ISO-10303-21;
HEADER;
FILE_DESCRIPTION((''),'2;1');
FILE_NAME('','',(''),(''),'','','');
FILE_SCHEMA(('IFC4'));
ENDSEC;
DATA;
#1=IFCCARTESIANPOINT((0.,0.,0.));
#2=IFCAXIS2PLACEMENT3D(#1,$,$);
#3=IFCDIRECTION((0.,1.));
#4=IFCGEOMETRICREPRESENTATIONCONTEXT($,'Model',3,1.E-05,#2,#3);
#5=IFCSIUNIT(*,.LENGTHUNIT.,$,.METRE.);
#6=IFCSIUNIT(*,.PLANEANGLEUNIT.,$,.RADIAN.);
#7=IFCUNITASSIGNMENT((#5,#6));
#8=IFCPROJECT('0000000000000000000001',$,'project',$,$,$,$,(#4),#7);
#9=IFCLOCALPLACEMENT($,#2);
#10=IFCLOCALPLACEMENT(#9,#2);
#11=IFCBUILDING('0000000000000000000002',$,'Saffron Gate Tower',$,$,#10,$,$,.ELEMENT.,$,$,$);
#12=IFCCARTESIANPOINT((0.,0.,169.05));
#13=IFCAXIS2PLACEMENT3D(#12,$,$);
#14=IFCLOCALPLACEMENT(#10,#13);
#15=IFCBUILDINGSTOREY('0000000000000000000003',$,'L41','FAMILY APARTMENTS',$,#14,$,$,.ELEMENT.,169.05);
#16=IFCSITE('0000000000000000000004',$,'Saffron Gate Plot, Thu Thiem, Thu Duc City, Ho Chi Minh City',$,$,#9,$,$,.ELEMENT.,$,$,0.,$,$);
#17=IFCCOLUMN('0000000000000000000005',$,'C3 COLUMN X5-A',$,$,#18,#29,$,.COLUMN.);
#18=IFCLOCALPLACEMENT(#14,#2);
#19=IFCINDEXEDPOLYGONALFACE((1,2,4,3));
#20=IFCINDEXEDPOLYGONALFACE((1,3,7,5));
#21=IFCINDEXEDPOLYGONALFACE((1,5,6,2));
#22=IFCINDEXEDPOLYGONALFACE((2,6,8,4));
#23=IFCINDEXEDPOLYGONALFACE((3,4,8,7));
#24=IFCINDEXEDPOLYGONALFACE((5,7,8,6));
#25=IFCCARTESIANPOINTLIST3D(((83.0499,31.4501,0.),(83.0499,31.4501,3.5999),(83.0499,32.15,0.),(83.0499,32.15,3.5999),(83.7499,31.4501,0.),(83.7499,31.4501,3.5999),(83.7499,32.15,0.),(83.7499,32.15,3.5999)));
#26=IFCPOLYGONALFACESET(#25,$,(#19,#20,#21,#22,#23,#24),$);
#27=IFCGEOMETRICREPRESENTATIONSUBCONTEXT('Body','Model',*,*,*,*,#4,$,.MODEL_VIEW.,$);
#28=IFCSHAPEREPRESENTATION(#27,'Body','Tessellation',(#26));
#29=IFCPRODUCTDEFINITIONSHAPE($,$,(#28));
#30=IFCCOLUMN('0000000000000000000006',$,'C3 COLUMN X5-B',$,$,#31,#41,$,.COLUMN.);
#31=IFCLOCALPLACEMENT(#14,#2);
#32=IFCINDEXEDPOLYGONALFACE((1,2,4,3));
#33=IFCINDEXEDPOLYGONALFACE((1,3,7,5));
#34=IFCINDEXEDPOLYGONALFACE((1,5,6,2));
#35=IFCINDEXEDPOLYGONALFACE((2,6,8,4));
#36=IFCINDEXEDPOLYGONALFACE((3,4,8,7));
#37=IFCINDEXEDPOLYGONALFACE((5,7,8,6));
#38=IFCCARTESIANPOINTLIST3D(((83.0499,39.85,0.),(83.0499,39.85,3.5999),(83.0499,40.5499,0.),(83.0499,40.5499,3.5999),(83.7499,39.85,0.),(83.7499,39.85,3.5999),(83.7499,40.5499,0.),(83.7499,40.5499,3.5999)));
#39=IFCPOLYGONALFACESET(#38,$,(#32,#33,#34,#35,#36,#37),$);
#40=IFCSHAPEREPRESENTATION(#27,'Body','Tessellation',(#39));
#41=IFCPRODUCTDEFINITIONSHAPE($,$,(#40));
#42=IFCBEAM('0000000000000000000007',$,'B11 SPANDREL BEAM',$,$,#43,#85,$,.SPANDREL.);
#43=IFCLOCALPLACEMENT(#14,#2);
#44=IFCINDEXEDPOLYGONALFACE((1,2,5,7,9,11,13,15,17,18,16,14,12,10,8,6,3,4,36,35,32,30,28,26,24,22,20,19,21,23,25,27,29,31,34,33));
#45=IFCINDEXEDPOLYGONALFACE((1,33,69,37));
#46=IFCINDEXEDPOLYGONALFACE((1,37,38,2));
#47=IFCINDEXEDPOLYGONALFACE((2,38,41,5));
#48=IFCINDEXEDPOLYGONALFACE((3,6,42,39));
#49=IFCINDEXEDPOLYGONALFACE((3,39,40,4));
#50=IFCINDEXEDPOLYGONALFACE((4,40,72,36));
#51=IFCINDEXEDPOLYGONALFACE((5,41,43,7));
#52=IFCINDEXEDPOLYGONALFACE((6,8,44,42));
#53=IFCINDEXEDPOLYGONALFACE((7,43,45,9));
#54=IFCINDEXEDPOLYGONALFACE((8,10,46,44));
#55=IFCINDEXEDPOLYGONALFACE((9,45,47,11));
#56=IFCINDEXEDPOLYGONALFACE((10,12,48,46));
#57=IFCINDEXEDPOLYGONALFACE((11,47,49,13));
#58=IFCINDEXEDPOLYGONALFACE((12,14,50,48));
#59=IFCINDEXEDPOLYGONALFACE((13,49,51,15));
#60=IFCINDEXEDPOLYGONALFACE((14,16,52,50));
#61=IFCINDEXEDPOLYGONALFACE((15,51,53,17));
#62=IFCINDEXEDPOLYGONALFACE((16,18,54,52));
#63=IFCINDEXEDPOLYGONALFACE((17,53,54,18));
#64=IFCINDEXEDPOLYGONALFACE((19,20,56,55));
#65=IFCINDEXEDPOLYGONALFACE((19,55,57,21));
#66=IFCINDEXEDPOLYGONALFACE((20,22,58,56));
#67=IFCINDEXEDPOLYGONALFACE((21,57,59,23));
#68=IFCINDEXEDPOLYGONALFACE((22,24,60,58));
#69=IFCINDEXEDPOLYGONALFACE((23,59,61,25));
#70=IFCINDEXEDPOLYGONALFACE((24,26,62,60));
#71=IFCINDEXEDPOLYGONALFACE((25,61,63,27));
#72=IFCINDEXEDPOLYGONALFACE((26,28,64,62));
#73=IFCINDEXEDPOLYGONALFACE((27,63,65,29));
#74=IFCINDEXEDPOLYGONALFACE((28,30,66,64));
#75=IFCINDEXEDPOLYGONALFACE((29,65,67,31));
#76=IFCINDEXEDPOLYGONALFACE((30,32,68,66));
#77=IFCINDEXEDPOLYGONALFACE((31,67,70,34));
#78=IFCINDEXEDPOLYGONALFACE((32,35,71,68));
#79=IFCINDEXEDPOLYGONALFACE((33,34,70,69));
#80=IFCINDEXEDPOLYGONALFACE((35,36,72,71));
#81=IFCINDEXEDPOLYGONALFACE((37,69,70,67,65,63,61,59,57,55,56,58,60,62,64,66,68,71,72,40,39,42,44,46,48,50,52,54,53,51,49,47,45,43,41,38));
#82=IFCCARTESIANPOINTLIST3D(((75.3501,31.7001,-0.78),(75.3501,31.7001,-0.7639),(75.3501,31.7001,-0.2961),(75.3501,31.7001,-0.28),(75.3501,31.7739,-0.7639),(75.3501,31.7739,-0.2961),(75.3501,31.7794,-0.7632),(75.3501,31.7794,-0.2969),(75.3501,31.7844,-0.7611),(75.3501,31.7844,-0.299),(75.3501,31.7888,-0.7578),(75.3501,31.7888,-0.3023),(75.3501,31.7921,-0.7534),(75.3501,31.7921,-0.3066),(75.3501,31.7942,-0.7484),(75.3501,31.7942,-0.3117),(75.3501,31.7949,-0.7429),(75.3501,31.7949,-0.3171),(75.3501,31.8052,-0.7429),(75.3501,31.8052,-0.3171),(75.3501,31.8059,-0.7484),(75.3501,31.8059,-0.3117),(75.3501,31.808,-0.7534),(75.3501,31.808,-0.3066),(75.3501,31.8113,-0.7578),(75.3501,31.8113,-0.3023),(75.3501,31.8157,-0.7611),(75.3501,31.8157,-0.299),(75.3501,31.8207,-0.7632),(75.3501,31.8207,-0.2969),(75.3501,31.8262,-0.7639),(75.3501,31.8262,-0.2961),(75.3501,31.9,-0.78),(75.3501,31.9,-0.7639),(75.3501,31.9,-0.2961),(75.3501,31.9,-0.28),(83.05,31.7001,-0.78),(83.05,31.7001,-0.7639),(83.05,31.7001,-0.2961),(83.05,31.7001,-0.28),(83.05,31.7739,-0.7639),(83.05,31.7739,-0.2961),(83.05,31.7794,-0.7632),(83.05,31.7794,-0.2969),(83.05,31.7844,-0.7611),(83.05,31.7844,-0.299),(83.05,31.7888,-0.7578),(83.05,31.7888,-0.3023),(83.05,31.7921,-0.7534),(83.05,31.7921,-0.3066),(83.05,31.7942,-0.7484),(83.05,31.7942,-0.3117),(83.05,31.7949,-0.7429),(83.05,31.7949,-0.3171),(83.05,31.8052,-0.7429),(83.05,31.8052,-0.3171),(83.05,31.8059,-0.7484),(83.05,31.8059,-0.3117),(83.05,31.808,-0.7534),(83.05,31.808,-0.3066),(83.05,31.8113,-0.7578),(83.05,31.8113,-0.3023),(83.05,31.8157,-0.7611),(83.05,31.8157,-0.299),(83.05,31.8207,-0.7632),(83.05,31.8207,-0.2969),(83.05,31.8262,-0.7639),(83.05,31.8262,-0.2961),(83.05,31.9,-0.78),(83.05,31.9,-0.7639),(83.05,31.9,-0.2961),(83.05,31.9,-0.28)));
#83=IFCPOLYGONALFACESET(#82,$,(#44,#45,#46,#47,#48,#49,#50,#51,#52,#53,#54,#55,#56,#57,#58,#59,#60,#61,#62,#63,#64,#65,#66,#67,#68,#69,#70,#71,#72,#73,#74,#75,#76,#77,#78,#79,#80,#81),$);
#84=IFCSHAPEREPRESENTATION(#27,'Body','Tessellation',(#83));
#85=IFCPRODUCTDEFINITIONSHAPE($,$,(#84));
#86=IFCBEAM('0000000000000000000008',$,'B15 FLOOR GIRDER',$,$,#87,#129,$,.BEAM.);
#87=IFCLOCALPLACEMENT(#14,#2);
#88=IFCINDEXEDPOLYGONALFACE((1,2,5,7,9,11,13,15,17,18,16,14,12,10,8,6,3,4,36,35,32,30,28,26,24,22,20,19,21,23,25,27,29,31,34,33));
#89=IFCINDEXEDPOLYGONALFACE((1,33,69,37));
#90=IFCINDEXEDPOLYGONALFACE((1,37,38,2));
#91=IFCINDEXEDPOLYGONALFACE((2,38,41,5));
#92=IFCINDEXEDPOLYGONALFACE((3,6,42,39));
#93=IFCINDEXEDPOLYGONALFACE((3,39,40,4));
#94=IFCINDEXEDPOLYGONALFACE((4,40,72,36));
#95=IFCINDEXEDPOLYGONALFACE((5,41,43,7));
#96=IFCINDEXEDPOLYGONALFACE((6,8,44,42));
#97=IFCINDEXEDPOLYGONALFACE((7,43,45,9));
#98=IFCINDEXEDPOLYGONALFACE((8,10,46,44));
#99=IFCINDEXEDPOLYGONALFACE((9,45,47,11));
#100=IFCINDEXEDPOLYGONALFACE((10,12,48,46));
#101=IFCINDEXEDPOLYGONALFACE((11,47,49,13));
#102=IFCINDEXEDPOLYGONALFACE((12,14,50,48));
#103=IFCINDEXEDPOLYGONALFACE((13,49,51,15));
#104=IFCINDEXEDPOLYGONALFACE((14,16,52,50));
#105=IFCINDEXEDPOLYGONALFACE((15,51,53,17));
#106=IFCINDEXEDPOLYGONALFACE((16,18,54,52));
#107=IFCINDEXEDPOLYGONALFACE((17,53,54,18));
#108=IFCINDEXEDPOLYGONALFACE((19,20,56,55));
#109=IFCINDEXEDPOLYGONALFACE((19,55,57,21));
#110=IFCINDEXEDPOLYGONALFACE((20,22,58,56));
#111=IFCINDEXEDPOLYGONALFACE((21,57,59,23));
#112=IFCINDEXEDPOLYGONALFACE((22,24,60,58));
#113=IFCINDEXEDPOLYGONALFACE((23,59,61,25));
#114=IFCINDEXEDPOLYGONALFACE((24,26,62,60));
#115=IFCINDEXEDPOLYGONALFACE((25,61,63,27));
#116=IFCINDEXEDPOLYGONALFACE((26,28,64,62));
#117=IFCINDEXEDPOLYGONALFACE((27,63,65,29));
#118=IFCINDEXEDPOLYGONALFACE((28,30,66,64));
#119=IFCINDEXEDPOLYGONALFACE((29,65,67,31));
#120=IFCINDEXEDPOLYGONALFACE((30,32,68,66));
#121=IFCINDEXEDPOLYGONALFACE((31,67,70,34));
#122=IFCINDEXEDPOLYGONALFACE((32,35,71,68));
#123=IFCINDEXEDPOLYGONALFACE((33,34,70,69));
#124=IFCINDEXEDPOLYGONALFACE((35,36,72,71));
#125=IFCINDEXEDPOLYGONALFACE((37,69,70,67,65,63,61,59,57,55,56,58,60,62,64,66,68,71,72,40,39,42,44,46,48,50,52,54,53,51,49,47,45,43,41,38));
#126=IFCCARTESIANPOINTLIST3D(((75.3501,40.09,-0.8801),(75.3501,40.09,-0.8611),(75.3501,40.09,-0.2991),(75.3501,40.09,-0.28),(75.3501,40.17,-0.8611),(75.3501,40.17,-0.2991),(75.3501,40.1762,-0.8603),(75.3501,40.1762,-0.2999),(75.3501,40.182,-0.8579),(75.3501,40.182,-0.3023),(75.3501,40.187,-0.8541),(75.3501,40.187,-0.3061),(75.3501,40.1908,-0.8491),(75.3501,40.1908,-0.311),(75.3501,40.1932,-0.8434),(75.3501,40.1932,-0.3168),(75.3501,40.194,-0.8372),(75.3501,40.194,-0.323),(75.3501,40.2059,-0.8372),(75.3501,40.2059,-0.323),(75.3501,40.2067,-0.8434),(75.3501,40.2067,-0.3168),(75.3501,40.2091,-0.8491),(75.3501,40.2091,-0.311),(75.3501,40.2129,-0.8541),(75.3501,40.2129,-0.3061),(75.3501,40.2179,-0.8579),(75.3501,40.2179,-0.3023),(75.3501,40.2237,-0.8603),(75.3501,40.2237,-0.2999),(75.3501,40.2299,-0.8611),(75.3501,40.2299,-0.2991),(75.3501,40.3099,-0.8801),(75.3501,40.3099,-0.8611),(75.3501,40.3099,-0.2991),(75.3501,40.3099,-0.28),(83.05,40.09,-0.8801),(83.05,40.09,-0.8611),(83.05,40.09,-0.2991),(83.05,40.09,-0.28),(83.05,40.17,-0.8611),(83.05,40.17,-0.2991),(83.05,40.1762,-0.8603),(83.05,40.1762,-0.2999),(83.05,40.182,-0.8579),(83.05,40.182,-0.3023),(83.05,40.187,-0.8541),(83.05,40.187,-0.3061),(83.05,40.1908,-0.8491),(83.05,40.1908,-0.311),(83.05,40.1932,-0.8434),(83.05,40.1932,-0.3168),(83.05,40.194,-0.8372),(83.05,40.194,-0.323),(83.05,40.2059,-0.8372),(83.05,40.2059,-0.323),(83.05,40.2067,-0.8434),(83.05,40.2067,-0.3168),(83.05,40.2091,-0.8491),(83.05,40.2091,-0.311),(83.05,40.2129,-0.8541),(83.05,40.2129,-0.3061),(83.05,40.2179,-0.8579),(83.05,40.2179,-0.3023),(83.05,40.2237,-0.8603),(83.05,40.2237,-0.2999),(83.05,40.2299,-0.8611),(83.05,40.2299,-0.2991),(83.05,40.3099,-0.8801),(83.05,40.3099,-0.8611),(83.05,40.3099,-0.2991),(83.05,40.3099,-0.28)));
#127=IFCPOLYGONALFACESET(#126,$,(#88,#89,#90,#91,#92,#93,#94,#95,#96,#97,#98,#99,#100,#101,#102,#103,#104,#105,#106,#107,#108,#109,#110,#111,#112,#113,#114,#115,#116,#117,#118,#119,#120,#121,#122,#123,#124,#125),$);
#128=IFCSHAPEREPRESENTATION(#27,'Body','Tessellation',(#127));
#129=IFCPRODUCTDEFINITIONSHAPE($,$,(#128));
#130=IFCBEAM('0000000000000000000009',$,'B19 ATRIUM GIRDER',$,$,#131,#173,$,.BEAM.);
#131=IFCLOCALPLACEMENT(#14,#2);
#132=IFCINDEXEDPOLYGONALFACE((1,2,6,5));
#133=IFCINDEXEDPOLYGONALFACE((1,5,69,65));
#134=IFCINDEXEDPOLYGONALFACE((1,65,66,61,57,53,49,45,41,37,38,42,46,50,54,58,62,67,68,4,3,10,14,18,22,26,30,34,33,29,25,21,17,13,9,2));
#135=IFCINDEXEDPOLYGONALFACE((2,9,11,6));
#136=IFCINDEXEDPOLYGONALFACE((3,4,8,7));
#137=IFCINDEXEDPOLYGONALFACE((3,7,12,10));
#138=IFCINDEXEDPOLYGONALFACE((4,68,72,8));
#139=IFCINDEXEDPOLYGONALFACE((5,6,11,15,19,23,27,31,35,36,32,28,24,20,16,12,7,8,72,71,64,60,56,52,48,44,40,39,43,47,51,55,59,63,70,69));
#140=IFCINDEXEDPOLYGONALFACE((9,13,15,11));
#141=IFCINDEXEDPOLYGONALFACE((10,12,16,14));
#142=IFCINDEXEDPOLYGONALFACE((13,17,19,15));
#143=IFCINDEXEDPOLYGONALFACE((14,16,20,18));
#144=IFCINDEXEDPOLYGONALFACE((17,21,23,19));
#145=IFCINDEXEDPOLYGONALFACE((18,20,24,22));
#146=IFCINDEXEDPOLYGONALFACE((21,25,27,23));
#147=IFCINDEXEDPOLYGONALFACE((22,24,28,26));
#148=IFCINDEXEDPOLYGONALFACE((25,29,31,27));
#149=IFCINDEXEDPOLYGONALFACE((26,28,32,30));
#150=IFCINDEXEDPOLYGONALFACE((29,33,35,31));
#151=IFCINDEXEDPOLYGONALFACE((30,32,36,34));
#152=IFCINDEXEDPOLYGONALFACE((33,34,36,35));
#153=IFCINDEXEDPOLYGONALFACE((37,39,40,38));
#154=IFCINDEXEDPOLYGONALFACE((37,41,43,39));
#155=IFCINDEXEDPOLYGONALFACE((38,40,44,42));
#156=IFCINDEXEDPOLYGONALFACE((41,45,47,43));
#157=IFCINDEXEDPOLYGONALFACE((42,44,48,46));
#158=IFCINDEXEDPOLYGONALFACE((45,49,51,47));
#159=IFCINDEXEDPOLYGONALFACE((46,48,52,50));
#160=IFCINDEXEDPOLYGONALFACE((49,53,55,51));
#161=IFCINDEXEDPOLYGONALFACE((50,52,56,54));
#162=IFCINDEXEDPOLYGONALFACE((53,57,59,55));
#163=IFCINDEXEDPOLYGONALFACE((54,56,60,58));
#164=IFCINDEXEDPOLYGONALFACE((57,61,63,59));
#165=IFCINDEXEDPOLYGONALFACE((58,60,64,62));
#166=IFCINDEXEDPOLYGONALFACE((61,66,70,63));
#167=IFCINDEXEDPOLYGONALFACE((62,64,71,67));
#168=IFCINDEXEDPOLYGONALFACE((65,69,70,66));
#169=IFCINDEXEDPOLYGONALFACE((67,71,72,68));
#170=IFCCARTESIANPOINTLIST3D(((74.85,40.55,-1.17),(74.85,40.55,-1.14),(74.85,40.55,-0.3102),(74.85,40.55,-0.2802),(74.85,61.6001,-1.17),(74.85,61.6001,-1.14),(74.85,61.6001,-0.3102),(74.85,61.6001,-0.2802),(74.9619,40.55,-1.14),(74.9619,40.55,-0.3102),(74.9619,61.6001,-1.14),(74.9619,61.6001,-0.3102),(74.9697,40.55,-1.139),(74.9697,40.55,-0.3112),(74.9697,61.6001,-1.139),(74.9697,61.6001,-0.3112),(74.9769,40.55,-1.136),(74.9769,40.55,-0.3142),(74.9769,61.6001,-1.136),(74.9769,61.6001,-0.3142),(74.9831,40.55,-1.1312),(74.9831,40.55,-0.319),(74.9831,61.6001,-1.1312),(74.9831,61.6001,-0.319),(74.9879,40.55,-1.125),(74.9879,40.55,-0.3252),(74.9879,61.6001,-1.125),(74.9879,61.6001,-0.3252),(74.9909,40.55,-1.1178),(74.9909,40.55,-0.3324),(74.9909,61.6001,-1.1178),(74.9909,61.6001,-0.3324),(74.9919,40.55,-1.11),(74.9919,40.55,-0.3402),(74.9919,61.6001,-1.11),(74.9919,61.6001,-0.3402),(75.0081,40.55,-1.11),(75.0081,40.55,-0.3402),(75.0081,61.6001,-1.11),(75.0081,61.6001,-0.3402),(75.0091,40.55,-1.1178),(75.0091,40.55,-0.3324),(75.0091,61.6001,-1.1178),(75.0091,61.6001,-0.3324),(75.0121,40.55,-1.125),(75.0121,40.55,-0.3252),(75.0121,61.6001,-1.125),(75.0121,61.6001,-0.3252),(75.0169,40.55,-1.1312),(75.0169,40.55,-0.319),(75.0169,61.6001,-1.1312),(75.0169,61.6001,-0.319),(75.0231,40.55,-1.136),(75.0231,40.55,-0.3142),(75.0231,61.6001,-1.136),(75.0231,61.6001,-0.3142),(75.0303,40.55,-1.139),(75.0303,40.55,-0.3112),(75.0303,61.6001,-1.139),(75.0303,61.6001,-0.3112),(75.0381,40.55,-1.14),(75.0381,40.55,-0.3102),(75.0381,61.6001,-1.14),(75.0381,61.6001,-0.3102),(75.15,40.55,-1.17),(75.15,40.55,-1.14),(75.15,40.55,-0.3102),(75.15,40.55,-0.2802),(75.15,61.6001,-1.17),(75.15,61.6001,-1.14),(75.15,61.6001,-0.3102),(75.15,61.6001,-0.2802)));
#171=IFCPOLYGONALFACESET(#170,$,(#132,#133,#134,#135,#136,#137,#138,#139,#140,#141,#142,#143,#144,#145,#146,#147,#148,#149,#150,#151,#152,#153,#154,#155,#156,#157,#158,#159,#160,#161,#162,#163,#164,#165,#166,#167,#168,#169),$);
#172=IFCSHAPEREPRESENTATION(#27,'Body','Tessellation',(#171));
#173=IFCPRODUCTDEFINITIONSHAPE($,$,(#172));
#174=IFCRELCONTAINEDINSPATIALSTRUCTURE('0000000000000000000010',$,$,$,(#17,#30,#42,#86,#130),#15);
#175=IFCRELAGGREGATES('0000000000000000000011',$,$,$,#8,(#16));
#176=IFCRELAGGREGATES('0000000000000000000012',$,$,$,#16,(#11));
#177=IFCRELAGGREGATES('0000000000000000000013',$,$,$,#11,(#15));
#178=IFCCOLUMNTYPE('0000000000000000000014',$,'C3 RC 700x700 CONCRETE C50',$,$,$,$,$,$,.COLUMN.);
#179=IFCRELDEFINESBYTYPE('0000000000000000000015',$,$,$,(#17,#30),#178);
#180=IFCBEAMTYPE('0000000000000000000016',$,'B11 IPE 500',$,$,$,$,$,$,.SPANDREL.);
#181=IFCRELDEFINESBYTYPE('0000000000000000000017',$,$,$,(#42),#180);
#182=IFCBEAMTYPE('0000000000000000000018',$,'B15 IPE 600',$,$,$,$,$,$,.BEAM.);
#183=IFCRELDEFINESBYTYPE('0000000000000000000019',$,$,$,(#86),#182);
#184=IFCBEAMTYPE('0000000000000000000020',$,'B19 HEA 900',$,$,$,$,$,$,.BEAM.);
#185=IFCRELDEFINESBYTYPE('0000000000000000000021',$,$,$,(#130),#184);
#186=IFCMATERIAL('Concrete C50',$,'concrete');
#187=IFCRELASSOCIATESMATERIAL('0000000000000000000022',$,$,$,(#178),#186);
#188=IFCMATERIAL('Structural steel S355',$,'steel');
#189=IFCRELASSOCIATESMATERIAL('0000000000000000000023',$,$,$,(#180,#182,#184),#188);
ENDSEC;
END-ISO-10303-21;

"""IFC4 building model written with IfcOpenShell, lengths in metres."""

from ifc_helpers import new_model, si_unit, direction, frame, origin, origin_2d, place, context, subcontext, project, spatial, rectangle, i_section, extrude, material, material_profile, profile_set, type_object, element, save


model = new_model("IFC4")

# Units and contexts
model_context = context("Model", 3, precision=1e-05, world=origin(), true_north=direction((0.0, 1.0)))
body_context = subcontext(model_context, "Body", "Model", "MODEL_VIEW")
ifc_project = project(units=[si_unit("LENGTHUNIT", "METRE"), si_unit("PLANEANGLEUNIT", "RADIAN")], contexts=[model_context])

# Site, building, storey
site_placement = place(None, origin())
site = spatial("IfcSite", under=ifc_project, at=site_placement, Name="Saffron Gate Plot, Thu Thiem, Thu Duc City, Ho Chi Minh City", CompositionType="ELEMENT", RefElevation=0.0)
building_placement = place(site_placement, origin())
building = spatial("IfcBuilding", under=site, at=building_placement, Name="Saffron Gate Tower", CompositionType="ELEMENT")
storey_placement = place(building_placement, frame((0.0, 0.0, 169.05)))
storey = spatial("IfcBuildingStorey", under=building, at=storey_placement, Name="L41", Description="FAMILY APARTMENTS", CompositionType="ELEMENT", Elevation=169.05)

# Columns
ifc_material_1 = material(Name="Concrete C50", Category="concrete")
ifc_material_profile_1 = material_profile(ifc_material_1, rectangle(XDim=0.7, YDim=0.7, at=origin_2d()))
ifc_profile_set_1 = profile_set([ifc_material_profile_1], Name="Concrete C50")
column_type = type_object("IfcColumnType", Name="C3 RC 700x700 CONCRETE C50", PredefinedType="COLUMN", material=ifc_profile_set_1)
for number, where, z_axis, x_axis, name in (
    (1, (83.3999, 31.8, 0.0), (0.0, 0.0, 1.0), (1.0, 0.0, 0.0), "C3 COLUMN X5-A"),
    (2, (83.3999, 40.2, 0.0), (0.0, 0.0, 1.0), (1.0, 0.0, 0.0), "C3 COLUMN X5-B"),
):
    element("IfcColumn", number, at=place(storey_placement, frame(where, z_axis=z_axis, x_axis=x_axis)), inside=storey, type_object=column_type, Name=name, PredefinedType="COLUMN", context=body_context, shape_type="SweptSolid", body=[
        extrude(rectangle(XDim=0.7, YDim=0.7, at=origin_2d()), origin(), (0.0, 0.0, 1.0), 3.5999),
    ])

# Beams
ifc_material_2 = material(Name="Structural steel S355", Category="steel")
ifc_material_profile_2 = material_profile(ifc_material_2, i_section(OverallWidth=0.2, OverallDepth=0.5, WebThickness=0.0103, FlangeThickness=0.0161, FilletRadius=0.021, at=origin_2d()))
ifc_profile_set_2 = profile_set([ifc_material_profile_2], Name="Structural steel S355")
beam_type_1 = type_object("IfcBeamType", Name="B11 IPE 500", PredefinedType="SPANDREL", material=ifc_profile_set_2)
beam_1_placement = place(storey_placement, frame((75.3501, 31.8, -0.53), z_axis=(1.0, 0.0, 0.0), x_axis=(0.0, 1.0, 0.0)))
element("IfcBeam", 3, at=beam_1_placement, inside=storey, type_object=beam_type_1, Name="B11 SPANDREL BEAM", PredefinedType="SPANDREL", context=body_context, shape_type="SweptSolid", body=[
    extrude(i_section(OverallWidth=0.2, OverallDepth=0.5, WebThickness=0.0103, FlangeThickness=0.0161, FilletRadius=0.021, at=origin_2d()), origin(), (0.0, 0.0, 1.0), 7.7),
])
ifc_material_profile_3 = material_profile(ifc_material_2, i_section(OverallWidth=0.22, OverallDepth=0.6001, WebThickness=0.012, FlangeThickness=0.019, FilletRadius=0.0239, at=origin_2d()))
ifc_profile_set_3 = profile_set([ifc_material_profile_3], Name="Structural steel S355")
beam_type_2 = type_object("IfcBeamType", Name="B15 IPE 600", PredefinedType="BEAM", material=ifc_profile_set_3)
beam_2_placement = place(storey_placement, frame((75.3501, 40.2, -0.5801), z_axis=(1.0, 0.0, 0.0), x_axis=(0.0, 1.0, 0.0)))
element("IfcBeam", 4, at=beam_2_placement, inside=storey, type_object=beam_type_2, Name="B15 FLOOR GIRDER", PredefinedType="BEAM", context=body_context, shape_type="SweptSolid", body=[
    extrude(i_section(OverallWidth=0.22, OverallDepth=0.6001, WebThickness=0.012, FlangeThickness=0.019, FilletRadius=0.0239, at=origin_2d()), origin(), (0.0, 0.0, 1.0), 7.7),
])
ifc_material_profile_4 = material_profile(ifc_material_2, i_section(OverallWidth=0.3, OverallDepth=0.8899, WebThickness=0.0161, FlangeThickness=0.03, FilletRadius=0.03, at=origin_2d()))
ifc_profile_set_4 = profile_set([ifc_material_profile_4], Name="Structural steel S355")
beam_type_3 = type_object("IfcBeamType", Name="B19 HEA 900", PredefinedType="BEAM", material=ifc_profile_set_4)
beam_3_placement = place(storey_placement, frame((75.0, 40.55, -0.7251), z_axis=(0.0, 1.0, 0.0), x_axis=(-1.0, 0.0, 0.0)))
element("IfcBeam", 5, at=beam_3_placement, inside=storey, type_object=beam_type_3, Name="B19 ATRIUM GIRDER", PredefinedType="BEAM", context=body_context, shape_type="SweptSolid", body=[
    extrude(i_section(OverallWidth=0.3, OverallDepth=0.8899, WebThickness=0.0161, FlangeThickness=0.03, FilletRadius=0.03, at=origin_2d()), origin(), (0.0, 0.0, 1.0), 21.05),
])

save(model, "model.ifc")
